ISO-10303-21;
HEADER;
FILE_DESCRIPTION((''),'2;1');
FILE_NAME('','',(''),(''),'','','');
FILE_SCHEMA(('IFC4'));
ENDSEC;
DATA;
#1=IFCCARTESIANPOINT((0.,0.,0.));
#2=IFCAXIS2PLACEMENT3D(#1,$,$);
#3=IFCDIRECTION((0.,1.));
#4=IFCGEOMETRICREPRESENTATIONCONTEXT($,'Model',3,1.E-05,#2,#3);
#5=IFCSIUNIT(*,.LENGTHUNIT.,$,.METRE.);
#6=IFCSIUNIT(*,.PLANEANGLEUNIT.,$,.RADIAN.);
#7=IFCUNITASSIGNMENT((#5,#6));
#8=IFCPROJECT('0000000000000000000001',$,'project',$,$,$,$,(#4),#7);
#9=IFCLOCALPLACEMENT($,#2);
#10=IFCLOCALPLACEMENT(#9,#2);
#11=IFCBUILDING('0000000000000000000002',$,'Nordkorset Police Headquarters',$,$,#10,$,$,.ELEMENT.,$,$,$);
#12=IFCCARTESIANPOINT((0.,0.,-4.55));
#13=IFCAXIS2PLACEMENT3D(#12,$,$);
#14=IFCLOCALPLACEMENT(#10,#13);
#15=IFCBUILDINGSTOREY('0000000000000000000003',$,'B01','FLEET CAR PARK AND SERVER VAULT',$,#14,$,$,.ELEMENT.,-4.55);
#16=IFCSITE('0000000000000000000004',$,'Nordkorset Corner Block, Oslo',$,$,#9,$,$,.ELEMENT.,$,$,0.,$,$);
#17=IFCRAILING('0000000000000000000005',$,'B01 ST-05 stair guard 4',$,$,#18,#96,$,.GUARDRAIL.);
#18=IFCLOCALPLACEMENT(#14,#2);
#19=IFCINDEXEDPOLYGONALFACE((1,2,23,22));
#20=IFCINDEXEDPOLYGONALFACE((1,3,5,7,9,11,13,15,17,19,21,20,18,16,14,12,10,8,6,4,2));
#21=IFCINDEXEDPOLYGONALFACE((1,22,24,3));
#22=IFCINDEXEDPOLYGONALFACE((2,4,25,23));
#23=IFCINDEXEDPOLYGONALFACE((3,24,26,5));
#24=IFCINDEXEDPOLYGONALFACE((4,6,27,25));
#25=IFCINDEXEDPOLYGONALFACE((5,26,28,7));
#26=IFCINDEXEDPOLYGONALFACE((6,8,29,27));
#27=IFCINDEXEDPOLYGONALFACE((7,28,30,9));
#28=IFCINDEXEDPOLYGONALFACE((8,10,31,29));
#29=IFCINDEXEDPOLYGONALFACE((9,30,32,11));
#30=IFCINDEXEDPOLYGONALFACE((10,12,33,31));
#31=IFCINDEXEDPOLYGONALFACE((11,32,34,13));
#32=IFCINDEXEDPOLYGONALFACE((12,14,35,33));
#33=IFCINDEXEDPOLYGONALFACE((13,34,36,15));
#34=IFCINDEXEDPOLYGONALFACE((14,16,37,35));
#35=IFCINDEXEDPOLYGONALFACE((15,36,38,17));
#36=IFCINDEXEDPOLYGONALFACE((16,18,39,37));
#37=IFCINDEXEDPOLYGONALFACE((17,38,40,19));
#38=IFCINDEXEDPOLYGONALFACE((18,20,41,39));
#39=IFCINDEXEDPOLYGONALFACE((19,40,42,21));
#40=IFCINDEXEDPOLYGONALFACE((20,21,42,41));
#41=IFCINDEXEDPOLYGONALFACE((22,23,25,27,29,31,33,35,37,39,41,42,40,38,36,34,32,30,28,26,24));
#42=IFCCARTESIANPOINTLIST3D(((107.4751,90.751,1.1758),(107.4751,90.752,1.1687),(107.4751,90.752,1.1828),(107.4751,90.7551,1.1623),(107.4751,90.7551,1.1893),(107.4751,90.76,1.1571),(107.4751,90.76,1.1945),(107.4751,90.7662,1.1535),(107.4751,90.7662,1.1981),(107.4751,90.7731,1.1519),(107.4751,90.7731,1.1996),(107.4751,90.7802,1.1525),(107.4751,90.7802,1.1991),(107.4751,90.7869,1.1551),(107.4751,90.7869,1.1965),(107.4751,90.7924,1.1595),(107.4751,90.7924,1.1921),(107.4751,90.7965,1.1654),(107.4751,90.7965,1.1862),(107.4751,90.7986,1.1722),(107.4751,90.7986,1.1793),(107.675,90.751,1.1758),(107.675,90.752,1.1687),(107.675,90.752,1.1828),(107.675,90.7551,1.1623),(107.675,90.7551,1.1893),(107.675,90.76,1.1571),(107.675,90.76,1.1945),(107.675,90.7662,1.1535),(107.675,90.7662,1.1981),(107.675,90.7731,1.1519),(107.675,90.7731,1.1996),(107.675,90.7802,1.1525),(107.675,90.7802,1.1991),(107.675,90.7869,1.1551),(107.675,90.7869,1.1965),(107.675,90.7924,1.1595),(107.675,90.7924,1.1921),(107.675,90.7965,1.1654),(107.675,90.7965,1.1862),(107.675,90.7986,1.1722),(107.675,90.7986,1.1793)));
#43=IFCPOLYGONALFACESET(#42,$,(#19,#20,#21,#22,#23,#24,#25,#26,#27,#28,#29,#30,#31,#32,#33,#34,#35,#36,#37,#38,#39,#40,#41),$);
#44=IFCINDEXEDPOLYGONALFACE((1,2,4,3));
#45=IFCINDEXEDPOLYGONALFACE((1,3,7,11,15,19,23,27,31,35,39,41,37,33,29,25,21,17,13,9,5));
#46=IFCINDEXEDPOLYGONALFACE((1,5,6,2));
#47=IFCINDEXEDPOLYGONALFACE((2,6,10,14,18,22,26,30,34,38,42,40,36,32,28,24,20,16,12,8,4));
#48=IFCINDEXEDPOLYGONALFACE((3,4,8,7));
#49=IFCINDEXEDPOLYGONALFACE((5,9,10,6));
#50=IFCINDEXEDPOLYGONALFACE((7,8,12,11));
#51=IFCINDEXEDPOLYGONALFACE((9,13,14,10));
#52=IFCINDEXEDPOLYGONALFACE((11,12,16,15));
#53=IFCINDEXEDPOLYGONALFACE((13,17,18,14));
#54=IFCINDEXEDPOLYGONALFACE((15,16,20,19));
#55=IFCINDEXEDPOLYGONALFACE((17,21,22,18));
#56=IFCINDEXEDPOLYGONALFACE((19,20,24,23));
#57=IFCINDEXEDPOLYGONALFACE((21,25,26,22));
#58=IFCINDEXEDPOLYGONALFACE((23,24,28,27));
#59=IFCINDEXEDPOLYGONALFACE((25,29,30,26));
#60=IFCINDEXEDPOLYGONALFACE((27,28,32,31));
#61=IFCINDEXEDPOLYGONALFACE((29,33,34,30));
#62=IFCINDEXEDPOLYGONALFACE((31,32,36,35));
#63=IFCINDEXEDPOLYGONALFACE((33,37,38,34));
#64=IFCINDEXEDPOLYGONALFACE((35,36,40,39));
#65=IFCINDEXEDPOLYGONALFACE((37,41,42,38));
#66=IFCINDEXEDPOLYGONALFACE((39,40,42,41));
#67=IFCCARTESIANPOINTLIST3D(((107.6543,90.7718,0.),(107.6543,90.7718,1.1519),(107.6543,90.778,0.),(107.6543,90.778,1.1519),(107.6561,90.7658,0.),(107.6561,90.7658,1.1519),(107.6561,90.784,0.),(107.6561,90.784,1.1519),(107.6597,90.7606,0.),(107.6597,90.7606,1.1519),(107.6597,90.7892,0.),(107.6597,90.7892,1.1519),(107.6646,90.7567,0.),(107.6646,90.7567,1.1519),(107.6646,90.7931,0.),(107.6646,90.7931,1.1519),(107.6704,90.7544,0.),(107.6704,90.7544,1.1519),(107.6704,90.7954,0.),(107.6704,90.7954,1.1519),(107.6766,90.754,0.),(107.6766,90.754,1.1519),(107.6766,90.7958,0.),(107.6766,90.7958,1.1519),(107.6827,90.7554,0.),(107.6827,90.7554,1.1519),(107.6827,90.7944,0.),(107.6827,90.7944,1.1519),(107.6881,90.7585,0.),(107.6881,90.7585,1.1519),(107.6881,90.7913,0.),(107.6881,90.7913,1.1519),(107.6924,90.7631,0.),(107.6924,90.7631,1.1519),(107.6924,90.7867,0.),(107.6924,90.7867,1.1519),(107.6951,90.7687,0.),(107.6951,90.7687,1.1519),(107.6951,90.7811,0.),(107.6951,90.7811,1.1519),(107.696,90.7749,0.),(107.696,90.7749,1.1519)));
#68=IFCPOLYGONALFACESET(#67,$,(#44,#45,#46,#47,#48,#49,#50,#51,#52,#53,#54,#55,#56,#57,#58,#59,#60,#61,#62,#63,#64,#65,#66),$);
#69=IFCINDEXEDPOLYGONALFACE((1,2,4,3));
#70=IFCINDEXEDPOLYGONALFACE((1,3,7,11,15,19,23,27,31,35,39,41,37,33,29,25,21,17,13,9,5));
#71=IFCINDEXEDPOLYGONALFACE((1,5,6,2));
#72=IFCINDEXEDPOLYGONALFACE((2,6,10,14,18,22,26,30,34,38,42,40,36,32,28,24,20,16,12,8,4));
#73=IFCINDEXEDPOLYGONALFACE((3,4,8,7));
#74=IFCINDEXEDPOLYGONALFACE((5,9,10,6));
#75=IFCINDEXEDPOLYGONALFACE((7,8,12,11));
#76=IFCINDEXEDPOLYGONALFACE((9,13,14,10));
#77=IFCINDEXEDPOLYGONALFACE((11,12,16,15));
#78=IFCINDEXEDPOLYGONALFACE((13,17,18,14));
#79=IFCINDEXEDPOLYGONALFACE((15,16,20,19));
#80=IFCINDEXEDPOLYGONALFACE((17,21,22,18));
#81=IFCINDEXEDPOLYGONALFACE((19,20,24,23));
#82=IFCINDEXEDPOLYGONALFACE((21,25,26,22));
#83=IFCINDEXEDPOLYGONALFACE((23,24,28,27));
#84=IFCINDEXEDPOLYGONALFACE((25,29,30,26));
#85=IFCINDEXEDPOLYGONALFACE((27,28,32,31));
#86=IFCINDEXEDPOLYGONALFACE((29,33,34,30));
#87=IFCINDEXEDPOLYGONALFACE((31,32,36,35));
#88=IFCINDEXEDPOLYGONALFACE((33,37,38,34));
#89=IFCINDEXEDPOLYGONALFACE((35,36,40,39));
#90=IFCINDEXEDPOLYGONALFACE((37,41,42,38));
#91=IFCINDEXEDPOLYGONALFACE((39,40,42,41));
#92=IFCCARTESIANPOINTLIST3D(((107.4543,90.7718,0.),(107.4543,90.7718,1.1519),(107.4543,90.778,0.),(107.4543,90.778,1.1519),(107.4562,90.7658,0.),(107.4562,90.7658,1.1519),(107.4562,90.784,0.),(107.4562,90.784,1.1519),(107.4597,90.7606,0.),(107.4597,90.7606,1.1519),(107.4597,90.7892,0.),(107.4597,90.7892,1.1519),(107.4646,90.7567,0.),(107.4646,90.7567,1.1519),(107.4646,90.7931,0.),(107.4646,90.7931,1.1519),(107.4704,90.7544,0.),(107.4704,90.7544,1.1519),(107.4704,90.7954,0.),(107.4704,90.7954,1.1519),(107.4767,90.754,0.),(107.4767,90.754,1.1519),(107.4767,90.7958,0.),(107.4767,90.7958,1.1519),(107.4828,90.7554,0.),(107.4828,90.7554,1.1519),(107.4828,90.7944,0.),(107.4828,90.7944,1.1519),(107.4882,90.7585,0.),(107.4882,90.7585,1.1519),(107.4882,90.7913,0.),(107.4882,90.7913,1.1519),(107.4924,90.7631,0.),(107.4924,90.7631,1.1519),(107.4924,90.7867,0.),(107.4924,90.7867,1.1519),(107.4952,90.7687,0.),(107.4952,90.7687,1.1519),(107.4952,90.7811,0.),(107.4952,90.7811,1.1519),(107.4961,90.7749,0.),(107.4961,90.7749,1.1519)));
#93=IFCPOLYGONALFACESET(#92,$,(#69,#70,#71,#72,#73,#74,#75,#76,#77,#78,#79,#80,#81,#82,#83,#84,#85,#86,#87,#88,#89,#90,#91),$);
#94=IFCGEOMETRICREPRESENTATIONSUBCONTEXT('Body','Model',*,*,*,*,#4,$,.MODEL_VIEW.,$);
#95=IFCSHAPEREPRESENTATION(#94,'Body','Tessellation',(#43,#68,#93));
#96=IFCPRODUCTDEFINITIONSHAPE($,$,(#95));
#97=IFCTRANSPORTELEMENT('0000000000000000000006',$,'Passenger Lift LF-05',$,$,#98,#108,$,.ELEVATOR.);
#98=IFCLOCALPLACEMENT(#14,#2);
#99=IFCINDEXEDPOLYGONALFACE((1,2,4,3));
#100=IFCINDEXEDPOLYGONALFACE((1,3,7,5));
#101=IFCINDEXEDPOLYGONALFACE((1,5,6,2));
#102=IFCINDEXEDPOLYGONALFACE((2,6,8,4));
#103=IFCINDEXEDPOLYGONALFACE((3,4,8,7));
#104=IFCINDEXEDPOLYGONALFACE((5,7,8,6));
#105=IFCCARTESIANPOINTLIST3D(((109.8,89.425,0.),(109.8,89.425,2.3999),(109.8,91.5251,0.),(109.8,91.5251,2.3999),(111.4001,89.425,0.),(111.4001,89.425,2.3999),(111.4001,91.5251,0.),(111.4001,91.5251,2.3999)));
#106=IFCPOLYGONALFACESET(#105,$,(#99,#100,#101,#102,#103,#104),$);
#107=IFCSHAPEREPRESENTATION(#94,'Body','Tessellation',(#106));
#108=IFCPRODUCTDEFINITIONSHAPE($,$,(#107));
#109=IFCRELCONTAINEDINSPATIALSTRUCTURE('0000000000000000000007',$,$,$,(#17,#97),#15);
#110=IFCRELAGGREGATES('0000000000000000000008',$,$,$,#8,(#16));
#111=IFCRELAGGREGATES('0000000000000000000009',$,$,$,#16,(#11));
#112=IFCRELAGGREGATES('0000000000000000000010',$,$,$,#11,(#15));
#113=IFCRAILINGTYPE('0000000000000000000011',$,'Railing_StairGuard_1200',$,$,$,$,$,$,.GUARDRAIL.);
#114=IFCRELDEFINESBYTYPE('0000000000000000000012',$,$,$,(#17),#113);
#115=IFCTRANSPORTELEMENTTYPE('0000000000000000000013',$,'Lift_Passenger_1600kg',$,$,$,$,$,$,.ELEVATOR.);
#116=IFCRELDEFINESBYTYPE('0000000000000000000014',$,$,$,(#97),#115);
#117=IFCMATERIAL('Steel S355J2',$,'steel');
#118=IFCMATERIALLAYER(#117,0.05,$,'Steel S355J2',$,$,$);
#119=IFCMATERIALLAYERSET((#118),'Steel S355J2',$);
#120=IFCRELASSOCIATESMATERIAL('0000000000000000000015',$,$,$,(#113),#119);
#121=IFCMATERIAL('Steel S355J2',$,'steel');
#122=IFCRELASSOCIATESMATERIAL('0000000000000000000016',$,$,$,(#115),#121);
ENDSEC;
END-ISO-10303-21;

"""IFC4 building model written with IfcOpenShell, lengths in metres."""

from ifc_helpers import new_model, si_unit, direction, frame, origin, origin_2d, place, context, subcontext, project, spatial, rectangle, circle, extrude, material, layer, layer_set, type_object, element, save


model = new_model("IFC4")

# Units and contexts
model_context = context("Model", 3, precision=1e-05, world=origin(), true_north=direction((0.0, 1.0)))
body_context = subcontext(model_context, "Body", "Model", "MODEL_VIEW")
ifc_project = project(units=[si_unit("LENGTHUNIT", "METRE"), si_unit("PLANEANGLEUNIT", "RADIAN")], contexts=[model_context])

# Site, building, storey
site_placement = place(None, origin())
site = spatial("IfcSite", under=ifc_project, at=site_placement, Name="Nordkorset Corner Block, Oslo", CompositionType="ELEMENT", RefElevation=0.0)
building_placement = place(site_placement, origin())
building = spatial("IfcBuilding", under=site, at=building_placement, Name="Nordkorset Police Headquarters", CompositionType="ELEMENT")
storey_placement = place(building_placement, frame((0.0, 0.0, -4.55)))
storey = spatial("IfcBuildingStorey", under=building, at=storey_placement, Name="B01", Description="FLEET CAR PARK AND SERVER VAULT", CompositionType="ELEMENT", Elevation=-4.55)

# Railing
ifc_material_1 = material(Name="Steel S355J2", Category="steel")
ifc_layer_1 = layer(ifc_material_1, 0.05, Name="Steel S355J2")
ifc_layer_set_1 = layer_set([ifc_layer_1], Name="Steel S355J2")
railing_type_1 = type_object("IfcRailingType", Name="Railing_StairGuard_1200", PredefinedType="GUARDRAIL", material=ifc_layer_set_1)
railing_1_placement = place(storey_placement, frame((107.675, 90.7749, 0.0)))
element("IfcRailing", 1, at=railing_1_placement, inside=storey, type_object=railing_type_1, Name="B01 ST-05 stair guard 4", PredefinedType="GUARDRAIL", context=body_context, shape_type="SweptSolid", body=[
    extrude(circle(Radius=0.0239, at=origin_2d()), frame((0.0, 0.0, 1.1758), z_axis=(-1.0, 0.0, 0.0), x_axis=(0.0, -1.0, 0.0)), (0.0, 0.0, 1.0), 0.2),
    extrude(circle(Radius=0.021, at=origin_2d()), origin(), (0.0, 0.0, 1.0), 1.1519),
    extrude(circle(Radius=0.021, at=origin_2d()), frame((-0.2, 0.0, 0.0)), (0.0, 0.0, 1.0), 1.1519),
])

# Transport element
ifc_material_2 = material(Name="Steel S355J2", Category="steel")
transport_element_type = type_object("IfcTransportElementType", Name="Lift_Passenger_1600kg", PredefinedType="ELEVATOR", material=ifc_material_2)
transport_element_placement = place(storey_placement, frame((110.6001, 90.4751, 0.0), z_axis=(0.0, 0.0, 1.0), x_axis=(1.0, 0.0, 0.0)))
element("IfcTransportElement", 2, at=transport_element_placement, inside=storey, type_object=transport_element_type, Name="Passenger Lift LF-05", PredefinedType="ELEVATOR", context=body_context, shape_type="SweptSolid", body=[
    extrude(rectangle(XDim=1.6001, YDim=2.1001, at=origin_2d()), origin(), (0.0, 0.0, 1.0), 2.3999),
])

save(model, "model.ifc")
